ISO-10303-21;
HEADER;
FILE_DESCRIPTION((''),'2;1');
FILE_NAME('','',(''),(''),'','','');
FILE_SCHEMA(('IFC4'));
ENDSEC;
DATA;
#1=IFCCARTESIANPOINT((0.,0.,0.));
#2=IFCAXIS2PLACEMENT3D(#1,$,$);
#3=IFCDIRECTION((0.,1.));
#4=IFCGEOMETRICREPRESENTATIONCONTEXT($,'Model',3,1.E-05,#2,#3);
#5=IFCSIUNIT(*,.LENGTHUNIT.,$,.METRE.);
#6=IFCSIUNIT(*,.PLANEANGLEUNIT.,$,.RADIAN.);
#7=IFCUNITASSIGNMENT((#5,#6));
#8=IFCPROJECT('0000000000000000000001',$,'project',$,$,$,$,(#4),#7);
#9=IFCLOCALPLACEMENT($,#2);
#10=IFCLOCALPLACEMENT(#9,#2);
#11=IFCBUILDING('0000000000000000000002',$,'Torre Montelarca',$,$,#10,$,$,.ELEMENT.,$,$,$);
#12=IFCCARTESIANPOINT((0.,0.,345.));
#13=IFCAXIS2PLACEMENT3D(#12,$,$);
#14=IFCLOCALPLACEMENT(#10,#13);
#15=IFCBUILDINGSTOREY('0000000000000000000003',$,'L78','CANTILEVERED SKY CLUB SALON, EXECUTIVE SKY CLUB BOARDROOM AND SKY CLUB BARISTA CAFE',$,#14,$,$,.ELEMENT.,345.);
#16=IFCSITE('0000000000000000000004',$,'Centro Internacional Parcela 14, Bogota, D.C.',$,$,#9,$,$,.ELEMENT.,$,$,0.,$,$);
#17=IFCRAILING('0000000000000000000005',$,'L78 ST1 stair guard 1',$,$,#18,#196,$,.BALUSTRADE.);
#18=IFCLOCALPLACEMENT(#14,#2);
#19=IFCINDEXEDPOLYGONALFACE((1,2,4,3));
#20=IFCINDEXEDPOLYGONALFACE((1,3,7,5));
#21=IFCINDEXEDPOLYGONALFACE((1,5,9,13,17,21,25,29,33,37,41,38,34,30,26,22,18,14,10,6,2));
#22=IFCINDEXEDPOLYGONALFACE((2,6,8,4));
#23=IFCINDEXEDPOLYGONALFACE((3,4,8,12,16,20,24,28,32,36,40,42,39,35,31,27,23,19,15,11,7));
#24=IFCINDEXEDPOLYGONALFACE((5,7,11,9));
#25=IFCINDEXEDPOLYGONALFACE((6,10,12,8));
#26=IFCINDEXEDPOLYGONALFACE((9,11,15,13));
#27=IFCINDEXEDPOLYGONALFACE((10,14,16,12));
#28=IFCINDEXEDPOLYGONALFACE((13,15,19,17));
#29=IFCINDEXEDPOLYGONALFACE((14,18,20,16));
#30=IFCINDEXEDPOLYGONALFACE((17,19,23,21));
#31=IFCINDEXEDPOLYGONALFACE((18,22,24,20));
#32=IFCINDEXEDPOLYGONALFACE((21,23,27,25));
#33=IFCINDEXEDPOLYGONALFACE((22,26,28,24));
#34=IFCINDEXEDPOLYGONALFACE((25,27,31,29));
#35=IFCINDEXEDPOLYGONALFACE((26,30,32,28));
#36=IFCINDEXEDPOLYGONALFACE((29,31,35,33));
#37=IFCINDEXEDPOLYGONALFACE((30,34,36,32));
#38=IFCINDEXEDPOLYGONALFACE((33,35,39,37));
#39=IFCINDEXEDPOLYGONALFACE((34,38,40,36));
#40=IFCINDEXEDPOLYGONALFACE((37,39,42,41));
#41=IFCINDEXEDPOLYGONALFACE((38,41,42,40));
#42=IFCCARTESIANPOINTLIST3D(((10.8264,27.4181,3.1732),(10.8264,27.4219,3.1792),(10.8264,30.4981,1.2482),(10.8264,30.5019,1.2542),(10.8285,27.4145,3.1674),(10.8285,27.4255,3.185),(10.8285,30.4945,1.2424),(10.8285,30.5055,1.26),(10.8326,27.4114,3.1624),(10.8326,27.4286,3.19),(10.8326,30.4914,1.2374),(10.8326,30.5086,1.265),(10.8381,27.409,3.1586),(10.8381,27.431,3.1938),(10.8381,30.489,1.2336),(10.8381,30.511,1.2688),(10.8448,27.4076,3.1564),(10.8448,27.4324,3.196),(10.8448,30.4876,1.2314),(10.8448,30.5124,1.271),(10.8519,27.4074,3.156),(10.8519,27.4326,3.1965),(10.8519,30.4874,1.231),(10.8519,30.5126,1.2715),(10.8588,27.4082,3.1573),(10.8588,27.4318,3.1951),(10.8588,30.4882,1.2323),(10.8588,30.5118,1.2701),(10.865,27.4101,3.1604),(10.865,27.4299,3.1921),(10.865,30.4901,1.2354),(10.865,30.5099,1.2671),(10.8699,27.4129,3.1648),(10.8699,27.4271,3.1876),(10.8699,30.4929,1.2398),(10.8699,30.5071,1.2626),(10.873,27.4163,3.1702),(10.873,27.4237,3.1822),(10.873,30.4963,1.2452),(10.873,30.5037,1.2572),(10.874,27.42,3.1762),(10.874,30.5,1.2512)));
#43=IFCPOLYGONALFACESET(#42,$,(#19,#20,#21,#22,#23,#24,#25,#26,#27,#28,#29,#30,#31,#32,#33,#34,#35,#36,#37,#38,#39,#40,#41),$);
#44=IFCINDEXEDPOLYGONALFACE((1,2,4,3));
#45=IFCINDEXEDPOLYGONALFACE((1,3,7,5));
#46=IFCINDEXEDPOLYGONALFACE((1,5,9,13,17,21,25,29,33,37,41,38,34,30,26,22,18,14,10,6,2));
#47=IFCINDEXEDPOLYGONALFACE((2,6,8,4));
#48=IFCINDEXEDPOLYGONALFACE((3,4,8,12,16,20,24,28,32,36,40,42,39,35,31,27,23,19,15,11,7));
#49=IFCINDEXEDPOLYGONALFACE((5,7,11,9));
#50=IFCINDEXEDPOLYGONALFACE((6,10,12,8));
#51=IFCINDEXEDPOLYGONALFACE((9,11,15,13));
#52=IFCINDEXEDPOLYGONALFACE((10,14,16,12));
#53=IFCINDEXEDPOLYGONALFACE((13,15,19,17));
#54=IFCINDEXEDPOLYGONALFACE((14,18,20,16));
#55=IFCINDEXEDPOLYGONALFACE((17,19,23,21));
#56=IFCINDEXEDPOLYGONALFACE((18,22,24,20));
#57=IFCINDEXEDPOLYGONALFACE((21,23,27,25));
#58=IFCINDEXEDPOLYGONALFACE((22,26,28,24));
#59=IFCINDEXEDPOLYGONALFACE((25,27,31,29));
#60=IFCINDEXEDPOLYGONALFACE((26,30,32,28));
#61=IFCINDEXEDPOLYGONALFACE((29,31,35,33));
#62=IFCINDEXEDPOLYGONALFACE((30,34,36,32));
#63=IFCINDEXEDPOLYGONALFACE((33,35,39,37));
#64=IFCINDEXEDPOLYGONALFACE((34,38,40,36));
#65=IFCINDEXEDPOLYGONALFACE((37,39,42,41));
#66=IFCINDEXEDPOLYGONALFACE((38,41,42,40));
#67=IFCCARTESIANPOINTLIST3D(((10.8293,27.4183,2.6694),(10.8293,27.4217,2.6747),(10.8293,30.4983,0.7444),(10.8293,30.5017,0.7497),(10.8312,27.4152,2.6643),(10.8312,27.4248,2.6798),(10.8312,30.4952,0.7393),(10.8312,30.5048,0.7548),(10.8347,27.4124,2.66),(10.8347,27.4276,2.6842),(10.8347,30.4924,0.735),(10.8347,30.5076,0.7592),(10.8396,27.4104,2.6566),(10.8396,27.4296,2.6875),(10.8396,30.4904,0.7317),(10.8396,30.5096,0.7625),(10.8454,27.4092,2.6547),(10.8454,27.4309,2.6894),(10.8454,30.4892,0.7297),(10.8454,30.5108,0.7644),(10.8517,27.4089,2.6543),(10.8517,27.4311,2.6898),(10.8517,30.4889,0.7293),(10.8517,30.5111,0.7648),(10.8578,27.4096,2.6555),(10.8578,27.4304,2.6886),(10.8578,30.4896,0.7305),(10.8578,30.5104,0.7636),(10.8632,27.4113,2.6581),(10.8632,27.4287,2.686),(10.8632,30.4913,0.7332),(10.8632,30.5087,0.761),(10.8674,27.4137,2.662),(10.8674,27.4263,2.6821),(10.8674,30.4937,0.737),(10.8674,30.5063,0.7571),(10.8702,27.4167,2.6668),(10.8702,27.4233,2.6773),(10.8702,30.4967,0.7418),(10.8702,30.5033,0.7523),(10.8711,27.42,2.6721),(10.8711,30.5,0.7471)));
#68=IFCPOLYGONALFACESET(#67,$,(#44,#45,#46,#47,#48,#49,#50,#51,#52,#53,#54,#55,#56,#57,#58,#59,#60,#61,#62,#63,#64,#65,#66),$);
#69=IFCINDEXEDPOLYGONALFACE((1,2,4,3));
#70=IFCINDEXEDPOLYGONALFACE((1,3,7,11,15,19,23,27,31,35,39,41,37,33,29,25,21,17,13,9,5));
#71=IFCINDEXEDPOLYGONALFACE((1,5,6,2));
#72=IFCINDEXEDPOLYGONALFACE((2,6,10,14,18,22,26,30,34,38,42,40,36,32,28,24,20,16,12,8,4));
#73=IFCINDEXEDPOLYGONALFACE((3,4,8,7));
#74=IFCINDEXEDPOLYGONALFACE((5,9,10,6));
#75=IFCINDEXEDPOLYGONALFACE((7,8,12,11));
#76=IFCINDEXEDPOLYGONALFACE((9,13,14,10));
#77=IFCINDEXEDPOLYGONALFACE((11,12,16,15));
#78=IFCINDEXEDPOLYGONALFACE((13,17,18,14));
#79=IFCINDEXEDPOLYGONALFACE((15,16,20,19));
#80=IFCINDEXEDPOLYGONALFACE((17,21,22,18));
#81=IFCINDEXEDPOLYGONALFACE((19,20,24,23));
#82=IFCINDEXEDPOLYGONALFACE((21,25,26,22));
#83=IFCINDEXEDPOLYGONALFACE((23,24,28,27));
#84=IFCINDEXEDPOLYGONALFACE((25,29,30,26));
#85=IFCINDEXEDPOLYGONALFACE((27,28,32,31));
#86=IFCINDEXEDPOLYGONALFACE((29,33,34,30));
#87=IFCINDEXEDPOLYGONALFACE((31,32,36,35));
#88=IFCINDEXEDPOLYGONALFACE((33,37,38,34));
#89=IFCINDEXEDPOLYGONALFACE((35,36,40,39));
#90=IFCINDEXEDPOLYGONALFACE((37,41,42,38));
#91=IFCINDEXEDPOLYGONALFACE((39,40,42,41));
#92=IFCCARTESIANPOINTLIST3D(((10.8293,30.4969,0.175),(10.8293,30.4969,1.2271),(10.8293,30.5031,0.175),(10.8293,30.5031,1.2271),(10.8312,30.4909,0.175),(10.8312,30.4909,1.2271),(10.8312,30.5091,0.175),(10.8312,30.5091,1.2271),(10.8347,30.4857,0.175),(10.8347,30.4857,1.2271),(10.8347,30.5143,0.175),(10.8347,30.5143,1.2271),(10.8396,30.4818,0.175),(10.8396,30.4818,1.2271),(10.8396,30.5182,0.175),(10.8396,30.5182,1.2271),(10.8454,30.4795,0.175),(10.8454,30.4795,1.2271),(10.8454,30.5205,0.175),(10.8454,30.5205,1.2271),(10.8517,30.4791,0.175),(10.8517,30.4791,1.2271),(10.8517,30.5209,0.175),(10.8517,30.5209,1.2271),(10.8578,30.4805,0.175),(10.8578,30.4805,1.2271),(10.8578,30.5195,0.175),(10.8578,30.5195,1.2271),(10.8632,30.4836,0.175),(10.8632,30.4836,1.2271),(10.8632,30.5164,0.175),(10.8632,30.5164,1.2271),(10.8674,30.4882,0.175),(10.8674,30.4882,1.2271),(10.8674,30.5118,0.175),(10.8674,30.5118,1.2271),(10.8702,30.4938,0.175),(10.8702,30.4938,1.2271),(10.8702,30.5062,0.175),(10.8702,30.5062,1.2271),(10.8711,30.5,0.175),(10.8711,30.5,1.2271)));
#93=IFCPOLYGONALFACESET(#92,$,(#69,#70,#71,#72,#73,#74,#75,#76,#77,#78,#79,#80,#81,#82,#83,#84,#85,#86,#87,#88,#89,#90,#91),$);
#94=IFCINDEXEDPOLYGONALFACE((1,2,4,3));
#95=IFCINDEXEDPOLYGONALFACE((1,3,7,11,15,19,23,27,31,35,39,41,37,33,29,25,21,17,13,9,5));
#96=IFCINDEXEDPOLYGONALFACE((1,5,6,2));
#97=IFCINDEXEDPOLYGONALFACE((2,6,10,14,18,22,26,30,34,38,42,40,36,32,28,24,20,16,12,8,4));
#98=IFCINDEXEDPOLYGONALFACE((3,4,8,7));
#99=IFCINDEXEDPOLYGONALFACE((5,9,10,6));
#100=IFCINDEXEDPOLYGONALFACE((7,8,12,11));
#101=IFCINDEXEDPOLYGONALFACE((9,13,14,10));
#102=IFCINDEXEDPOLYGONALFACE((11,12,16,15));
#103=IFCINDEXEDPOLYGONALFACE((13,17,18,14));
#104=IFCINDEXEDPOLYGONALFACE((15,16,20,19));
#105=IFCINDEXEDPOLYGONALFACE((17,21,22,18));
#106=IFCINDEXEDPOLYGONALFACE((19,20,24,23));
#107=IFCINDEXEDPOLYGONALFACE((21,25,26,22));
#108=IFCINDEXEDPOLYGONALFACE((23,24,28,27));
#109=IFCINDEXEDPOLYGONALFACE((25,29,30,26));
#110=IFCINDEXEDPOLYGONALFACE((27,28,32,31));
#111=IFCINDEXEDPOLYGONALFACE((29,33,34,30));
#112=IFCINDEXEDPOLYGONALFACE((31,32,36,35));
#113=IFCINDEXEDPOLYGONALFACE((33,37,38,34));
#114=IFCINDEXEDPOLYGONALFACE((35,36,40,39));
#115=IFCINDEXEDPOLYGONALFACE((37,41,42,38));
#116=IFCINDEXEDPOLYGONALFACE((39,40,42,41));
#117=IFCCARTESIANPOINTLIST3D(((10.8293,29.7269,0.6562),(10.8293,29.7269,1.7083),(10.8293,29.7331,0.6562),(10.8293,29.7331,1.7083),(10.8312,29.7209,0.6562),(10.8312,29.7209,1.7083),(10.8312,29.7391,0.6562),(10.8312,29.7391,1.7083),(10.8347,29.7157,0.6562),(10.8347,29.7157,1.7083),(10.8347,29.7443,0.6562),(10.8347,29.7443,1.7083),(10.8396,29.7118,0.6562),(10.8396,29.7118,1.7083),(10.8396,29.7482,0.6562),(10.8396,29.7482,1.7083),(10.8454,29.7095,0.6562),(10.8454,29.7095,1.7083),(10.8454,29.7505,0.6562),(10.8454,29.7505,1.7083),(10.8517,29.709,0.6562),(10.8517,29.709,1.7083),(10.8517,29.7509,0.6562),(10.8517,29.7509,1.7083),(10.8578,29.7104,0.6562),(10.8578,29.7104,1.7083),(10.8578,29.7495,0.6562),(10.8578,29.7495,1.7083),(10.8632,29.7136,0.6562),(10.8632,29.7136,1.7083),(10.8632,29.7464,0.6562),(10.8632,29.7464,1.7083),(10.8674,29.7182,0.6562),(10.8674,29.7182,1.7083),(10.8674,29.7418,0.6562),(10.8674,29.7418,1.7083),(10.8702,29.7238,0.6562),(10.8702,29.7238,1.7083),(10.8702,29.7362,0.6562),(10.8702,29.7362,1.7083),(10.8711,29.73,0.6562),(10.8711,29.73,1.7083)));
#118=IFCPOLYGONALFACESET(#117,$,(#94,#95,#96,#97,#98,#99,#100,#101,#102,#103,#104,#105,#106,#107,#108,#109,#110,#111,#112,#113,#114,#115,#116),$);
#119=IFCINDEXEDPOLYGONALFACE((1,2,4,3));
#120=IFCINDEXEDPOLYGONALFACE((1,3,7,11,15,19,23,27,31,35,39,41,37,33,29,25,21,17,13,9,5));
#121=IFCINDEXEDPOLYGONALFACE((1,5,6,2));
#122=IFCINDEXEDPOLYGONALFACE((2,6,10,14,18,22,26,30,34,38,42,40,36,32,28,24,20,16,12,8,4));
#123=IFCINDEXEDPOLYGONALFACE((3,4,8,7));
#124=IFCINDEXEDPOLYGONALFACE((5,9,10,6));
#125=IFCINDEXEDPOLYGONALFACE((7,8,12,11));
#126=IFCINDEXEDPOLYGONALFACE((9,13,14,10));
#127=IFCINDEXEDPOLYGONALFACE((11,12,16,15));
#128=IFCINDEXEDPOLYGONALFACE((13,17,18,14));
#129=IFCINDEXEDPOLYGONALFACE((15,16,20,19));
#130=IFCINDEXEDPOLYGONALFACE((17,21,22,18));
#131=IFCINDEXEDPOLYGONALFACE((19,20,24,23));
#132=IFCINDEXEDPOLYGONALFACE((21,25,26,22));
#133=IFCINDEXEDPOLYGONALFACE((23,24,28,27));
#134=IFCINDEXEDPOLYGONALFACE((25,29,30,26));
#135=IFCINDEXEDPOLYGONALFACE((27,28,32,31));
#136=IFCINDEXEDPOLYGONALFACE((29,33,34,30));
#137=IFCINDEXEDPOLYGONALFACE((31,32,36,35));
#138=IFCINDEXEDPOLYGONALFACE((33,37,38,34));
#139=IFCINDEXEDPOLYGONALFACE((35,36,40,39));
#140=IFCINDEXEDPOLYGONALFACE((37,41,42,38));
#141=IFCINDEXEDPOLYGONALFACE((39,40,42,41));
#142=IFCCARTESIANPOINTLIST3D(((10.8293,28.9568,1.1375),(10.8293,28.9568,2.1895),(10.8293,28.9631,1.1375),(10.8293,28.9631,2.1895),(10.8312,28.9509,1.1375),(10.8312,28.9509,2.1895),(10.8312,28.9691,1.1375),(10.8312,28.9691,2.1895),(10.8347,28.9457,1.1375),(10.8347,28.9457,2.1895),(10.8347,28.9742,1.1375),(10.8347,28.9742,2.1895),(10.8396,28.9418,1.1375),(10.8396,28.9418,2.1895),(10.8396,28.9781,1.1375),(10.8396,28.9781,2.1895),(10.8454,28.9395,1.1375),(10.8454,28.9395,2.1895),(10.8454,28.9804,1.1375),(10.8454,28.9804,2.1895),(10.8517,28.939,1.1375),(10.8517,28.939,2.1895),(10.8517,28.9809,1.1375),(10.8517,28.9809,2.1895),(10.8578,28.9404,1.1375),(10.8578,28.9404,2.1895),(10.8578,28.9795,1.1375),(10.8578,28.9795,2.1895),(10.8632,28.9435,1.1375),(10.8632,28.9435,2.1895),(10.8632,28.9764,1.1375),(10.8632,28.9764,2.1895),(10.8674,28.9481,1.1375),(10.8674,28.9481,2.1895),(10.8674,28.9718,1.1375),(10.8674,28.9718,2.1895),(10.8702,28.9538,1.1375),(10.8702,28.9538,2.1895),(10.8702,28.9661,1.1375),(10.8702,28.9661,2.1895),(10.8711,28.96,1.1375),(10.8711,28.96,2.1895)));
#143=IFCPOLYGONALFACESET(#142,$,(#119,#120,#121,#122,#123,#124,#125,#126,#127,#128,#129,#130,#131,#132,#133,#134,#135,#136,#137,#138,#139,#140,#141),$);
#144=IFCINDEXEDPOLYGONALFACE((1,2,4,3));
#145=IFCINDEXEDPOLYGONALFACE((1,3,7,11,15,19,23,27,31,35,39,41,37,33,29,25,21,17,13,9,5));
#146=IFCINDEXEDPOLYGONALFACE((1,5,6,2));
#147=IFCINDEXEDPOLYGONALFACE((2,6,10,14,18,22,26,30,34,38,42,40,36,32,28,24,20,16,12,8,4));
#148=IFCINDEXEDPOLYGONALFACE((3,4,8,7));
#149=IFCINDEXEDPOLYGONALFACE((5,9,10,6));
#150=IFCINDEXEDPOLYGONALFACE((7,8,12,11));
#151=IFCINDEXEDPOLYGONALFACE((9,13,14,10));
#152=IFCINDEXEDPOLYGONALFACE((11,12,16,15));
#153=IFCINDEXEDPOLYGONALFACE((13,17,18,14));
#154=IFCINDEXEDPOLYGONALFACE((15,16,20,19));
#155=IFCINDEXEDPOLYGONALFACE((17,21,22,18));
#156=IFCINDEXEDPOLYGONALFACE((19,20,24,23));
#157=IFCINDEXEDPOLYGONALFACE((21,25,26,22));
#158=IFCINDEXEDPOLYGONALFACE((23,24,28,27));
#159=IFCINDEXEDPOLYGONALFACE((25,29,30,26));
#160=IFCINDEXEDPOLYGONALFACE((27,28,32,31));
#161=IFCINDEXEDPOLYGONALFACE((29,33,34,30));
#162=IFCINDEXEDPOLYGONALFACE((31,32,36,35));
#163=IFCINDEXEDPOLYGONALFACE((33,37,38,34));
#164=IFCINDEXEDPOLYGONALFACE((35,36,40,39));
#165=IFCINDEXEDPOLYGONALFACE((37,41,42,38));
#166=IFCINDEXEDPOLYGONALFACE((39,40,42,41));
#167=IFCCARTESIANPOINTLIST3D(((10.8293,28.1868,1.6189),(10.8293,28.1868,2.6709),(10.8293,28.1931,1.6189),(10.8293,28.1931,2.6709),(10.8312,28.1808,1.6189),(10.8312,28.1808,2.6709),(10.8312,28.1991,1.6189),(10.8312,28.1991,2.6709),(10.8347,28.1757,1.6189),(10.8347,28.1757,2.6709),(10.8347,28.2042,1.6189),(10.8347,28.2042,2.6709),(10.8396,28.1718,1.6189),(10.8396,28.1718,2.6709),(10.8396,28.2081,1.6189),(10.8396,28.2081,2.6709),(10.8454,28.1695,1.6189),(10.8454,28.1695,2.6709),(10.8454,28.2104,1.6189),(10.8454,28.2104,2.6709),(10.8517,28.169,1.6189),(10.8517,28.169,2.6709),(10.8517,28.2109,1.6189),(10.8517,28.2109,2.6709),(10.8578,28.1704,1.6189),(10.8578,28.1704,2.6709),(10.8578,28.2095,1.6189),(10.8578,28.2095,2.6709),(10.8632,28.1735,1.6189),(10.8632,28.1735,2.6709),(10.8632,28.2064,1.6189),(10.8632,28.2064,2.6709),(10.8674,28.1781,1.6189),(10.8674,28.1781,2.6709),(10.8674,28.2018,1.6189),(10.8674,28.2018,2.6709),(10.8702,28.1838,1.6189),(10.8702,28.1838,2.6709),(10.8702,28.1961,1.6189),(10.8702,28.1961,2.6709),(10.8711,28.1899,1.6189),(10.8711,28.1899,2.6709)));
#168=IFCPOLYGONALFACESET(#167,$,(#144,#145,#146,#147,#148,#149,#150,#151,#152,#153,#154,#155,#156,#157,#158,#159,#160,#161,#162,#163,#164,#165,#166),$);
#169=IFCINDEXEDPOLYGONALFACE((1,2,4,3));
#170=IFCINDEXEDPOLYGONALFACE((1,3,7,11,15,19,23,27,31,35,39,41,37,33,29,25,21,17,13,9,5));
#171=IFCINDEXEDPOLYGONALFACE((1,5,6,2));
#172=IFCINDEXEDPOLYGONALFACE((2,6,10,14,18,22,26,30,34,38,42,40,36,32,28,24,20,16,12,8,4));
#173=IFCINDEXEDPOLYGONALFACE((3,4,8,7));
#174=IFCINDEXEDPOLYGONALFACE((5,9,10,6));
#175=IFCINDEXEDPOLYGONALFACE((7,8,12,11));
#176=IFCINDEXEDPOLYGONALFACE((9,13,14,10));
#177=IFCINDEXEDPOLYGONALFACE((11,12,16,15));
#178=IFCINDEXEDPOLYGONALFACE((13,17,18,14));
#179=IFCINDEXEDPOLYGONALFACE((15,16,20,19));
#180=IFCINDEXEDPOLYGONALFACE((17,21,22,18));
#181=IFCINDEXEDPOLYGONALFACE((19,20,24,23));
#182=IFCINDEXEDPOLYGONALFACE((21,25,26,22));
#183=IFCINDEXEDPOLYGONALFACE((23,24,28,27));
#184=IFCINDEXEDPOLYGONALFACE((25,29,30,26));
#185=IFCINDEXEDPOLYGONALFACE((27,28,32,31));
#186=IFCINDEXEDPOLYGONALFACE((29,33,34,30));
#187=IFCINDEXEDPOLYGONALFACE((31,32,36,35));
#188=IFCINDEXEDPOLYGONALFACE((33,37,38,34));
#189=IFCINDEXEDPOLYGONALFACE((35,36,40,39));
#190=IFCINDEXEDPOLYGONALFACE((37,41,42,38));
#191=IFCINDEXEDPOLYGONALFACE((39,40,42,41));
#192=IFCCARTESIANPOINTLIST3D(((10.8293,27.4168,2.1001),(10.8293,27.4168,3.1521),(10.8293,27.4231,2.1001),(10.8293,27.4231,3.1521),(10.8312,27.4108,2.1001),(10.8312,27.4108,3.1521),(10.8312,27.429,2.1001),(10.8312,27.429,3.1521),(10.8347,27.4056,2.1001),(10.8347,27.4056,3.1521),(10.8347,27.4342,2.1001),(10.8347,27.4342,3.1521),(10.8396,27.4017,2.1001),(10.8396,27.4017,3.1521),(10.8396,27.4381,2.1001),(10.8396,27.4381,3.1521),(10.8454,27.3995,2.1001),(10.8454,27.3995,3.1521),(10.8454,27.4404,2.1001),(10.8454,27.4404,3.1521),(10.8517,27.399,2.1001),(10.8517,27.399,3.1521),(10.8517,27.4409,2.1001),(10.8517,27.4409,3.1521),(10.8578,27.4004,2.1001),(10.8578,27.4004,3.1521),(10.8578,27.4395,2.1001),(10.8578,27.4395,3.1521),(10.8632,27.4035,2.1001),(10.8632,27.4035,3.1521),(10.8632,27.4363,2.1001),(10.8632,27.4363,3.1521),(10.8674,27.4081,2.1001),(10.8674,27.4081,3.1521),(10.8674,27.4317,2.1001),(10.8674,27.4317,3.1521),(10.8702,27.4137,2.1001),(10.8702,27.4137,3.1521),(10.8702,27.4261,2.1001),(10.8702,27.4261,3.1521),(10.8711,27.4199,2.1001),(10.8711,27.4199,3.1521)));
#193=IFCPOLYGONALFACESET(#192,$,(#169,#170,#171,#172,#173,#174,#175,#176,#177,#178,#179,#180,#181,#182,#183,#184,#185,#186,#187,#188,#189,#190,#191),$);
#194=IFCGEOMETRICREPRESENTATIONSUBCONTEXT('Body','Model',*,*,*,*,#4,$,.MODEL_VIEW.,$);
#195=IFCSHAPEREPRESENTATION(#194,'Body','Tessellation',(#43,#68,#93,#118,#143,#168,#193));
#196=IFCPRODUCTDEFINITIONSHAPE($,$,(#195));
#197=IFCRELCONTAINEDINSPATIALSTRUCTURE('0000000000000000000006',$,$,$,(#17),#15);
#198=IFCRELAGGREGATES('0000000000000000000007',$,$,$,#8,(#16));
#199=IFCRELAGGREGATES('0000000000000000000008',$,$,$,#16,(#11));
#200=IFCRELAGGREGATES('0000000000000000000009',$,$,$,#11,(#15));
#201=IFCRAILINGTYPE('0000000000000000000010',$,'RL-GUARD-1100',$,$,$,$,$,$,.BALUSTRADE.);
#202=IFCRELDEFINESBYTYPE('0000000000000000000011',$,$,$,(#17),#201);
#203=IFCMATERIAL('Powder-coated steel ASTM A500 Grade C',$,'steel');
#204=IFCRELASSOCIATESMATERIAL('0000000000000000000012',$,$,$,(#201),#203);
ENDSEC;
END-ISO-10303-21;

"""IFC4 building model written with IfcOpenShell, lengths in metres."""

from ifc_helpers import new_model, si_unit, direction, frame, origin, origin_2d, place, context, subcontext, project, spatial, circle, extrude, material, type_object, element, save


model = new_model("IFC4")

# Units and contexts
model_context = context("Model", 3, precision=1e-05, world=origin(), true_north=direction((0.0, 1.0)))
body_context = subcontext(model_context, "Body", "Model", "MODEL_VIEW")
ifc_project = project(units=[si_unit("LENGTHUNIT", "METRE"), si_unit("PLANEANGLEUNIT", "RADIAN")], contexts=[model_context])

# Site, building, storey
site_placement = place(None, origin())
site = spatial("IfcSite", under=ifc_project, at=site_placement, Name="Centro Internacional Parcela 14, Bogota, D.C.", CompositionType="ELEMENT", RefElevation=0.0)
building_placement = place(site_placement, origin())
building = spatial("IfcBuilding", under=site, at=building_placement, Name="Torre Montelarca", CompositionType="ELEMENT")
storey_placement = place(building_placement, frame((0.0, 0.0, 345.0)))
storey = spatial("IfcBuildingStorey", under=building, at=storey_placement, Name="L78", Description="CANTILEVERED SKY CLUB SALON, EXECUTIVE SKY CLUB BOARDROOM AND SKY CLUB BARISTA CAFE", CompositionType="ELEMENT", Elevation=345.0)

# Railing
ifc_material_1 = material(Name="Powder-coated steel ASTM A500 Grade C", Category="steel")
railing_type_1 = type_object("IfcRailingType", Name="RL-GUARD-1100", PredefinedType="BALUSTRADE", material=ifc_material_1)
railing_1_placement = place(storey_placement, frame((10.8501, 30.5, 0.175)))
element("IfcRailing", 1, at=railing_1_placement, inside=storey, type_object=railing_type_1, Name="L78 ST1 stair guard 1", PredefinedType="BALUSTRADE", context=body_context, shape_type="SweptSolid", body=[
    extrude(circle(Radius=0.0239, at=origin_2d()), frame((0.0, 0.0, 1.0762), z_axis=(0.0, -0.847998, 0.529999), x_axis=(1.0, 0.0, 0.0)), (0.0, 0.0, 1.0), 3.6321),
    extrude(circle(Radius=0.021, at=origin_2d()), frame((0.0, 0.0, 0.572), z_axis=(0.0, -0.847998, 0.529999), x_axis=(1.0, 0.0, 0.0)), (0.0, 0.0, 1.0), 3.6321),
    extrude(circle(Radius=0.021, at=origin_2d()), origin(), (0.0, 0.0, 1.0), 1.052),
    extrude(circle(Radius=0.021, at=origin_2d()), frame((0.0, -0.77, 0.4812)), (0.0, 0.0, 1.0), 1.052),
    extrude(circle(Radius=0.021, at=origin_2d()), frame((0.0, -1.54, 0.9624)), (0.0, 0.0, 1.0), 1.052),
    extrude(circle(Radius=0.021, at=origin_2d()), frame((0.0, -2.3101, 1.4438)), (0.0, 0.0, 1.0), 1.052),
    extrude(circle(Radius=0.021, at=origin_2d()), frame((0.0, -3.0801, 1.925)), (0.0, 0.0, 1.0), 1.052),
])

save(model, "model.ifc")
